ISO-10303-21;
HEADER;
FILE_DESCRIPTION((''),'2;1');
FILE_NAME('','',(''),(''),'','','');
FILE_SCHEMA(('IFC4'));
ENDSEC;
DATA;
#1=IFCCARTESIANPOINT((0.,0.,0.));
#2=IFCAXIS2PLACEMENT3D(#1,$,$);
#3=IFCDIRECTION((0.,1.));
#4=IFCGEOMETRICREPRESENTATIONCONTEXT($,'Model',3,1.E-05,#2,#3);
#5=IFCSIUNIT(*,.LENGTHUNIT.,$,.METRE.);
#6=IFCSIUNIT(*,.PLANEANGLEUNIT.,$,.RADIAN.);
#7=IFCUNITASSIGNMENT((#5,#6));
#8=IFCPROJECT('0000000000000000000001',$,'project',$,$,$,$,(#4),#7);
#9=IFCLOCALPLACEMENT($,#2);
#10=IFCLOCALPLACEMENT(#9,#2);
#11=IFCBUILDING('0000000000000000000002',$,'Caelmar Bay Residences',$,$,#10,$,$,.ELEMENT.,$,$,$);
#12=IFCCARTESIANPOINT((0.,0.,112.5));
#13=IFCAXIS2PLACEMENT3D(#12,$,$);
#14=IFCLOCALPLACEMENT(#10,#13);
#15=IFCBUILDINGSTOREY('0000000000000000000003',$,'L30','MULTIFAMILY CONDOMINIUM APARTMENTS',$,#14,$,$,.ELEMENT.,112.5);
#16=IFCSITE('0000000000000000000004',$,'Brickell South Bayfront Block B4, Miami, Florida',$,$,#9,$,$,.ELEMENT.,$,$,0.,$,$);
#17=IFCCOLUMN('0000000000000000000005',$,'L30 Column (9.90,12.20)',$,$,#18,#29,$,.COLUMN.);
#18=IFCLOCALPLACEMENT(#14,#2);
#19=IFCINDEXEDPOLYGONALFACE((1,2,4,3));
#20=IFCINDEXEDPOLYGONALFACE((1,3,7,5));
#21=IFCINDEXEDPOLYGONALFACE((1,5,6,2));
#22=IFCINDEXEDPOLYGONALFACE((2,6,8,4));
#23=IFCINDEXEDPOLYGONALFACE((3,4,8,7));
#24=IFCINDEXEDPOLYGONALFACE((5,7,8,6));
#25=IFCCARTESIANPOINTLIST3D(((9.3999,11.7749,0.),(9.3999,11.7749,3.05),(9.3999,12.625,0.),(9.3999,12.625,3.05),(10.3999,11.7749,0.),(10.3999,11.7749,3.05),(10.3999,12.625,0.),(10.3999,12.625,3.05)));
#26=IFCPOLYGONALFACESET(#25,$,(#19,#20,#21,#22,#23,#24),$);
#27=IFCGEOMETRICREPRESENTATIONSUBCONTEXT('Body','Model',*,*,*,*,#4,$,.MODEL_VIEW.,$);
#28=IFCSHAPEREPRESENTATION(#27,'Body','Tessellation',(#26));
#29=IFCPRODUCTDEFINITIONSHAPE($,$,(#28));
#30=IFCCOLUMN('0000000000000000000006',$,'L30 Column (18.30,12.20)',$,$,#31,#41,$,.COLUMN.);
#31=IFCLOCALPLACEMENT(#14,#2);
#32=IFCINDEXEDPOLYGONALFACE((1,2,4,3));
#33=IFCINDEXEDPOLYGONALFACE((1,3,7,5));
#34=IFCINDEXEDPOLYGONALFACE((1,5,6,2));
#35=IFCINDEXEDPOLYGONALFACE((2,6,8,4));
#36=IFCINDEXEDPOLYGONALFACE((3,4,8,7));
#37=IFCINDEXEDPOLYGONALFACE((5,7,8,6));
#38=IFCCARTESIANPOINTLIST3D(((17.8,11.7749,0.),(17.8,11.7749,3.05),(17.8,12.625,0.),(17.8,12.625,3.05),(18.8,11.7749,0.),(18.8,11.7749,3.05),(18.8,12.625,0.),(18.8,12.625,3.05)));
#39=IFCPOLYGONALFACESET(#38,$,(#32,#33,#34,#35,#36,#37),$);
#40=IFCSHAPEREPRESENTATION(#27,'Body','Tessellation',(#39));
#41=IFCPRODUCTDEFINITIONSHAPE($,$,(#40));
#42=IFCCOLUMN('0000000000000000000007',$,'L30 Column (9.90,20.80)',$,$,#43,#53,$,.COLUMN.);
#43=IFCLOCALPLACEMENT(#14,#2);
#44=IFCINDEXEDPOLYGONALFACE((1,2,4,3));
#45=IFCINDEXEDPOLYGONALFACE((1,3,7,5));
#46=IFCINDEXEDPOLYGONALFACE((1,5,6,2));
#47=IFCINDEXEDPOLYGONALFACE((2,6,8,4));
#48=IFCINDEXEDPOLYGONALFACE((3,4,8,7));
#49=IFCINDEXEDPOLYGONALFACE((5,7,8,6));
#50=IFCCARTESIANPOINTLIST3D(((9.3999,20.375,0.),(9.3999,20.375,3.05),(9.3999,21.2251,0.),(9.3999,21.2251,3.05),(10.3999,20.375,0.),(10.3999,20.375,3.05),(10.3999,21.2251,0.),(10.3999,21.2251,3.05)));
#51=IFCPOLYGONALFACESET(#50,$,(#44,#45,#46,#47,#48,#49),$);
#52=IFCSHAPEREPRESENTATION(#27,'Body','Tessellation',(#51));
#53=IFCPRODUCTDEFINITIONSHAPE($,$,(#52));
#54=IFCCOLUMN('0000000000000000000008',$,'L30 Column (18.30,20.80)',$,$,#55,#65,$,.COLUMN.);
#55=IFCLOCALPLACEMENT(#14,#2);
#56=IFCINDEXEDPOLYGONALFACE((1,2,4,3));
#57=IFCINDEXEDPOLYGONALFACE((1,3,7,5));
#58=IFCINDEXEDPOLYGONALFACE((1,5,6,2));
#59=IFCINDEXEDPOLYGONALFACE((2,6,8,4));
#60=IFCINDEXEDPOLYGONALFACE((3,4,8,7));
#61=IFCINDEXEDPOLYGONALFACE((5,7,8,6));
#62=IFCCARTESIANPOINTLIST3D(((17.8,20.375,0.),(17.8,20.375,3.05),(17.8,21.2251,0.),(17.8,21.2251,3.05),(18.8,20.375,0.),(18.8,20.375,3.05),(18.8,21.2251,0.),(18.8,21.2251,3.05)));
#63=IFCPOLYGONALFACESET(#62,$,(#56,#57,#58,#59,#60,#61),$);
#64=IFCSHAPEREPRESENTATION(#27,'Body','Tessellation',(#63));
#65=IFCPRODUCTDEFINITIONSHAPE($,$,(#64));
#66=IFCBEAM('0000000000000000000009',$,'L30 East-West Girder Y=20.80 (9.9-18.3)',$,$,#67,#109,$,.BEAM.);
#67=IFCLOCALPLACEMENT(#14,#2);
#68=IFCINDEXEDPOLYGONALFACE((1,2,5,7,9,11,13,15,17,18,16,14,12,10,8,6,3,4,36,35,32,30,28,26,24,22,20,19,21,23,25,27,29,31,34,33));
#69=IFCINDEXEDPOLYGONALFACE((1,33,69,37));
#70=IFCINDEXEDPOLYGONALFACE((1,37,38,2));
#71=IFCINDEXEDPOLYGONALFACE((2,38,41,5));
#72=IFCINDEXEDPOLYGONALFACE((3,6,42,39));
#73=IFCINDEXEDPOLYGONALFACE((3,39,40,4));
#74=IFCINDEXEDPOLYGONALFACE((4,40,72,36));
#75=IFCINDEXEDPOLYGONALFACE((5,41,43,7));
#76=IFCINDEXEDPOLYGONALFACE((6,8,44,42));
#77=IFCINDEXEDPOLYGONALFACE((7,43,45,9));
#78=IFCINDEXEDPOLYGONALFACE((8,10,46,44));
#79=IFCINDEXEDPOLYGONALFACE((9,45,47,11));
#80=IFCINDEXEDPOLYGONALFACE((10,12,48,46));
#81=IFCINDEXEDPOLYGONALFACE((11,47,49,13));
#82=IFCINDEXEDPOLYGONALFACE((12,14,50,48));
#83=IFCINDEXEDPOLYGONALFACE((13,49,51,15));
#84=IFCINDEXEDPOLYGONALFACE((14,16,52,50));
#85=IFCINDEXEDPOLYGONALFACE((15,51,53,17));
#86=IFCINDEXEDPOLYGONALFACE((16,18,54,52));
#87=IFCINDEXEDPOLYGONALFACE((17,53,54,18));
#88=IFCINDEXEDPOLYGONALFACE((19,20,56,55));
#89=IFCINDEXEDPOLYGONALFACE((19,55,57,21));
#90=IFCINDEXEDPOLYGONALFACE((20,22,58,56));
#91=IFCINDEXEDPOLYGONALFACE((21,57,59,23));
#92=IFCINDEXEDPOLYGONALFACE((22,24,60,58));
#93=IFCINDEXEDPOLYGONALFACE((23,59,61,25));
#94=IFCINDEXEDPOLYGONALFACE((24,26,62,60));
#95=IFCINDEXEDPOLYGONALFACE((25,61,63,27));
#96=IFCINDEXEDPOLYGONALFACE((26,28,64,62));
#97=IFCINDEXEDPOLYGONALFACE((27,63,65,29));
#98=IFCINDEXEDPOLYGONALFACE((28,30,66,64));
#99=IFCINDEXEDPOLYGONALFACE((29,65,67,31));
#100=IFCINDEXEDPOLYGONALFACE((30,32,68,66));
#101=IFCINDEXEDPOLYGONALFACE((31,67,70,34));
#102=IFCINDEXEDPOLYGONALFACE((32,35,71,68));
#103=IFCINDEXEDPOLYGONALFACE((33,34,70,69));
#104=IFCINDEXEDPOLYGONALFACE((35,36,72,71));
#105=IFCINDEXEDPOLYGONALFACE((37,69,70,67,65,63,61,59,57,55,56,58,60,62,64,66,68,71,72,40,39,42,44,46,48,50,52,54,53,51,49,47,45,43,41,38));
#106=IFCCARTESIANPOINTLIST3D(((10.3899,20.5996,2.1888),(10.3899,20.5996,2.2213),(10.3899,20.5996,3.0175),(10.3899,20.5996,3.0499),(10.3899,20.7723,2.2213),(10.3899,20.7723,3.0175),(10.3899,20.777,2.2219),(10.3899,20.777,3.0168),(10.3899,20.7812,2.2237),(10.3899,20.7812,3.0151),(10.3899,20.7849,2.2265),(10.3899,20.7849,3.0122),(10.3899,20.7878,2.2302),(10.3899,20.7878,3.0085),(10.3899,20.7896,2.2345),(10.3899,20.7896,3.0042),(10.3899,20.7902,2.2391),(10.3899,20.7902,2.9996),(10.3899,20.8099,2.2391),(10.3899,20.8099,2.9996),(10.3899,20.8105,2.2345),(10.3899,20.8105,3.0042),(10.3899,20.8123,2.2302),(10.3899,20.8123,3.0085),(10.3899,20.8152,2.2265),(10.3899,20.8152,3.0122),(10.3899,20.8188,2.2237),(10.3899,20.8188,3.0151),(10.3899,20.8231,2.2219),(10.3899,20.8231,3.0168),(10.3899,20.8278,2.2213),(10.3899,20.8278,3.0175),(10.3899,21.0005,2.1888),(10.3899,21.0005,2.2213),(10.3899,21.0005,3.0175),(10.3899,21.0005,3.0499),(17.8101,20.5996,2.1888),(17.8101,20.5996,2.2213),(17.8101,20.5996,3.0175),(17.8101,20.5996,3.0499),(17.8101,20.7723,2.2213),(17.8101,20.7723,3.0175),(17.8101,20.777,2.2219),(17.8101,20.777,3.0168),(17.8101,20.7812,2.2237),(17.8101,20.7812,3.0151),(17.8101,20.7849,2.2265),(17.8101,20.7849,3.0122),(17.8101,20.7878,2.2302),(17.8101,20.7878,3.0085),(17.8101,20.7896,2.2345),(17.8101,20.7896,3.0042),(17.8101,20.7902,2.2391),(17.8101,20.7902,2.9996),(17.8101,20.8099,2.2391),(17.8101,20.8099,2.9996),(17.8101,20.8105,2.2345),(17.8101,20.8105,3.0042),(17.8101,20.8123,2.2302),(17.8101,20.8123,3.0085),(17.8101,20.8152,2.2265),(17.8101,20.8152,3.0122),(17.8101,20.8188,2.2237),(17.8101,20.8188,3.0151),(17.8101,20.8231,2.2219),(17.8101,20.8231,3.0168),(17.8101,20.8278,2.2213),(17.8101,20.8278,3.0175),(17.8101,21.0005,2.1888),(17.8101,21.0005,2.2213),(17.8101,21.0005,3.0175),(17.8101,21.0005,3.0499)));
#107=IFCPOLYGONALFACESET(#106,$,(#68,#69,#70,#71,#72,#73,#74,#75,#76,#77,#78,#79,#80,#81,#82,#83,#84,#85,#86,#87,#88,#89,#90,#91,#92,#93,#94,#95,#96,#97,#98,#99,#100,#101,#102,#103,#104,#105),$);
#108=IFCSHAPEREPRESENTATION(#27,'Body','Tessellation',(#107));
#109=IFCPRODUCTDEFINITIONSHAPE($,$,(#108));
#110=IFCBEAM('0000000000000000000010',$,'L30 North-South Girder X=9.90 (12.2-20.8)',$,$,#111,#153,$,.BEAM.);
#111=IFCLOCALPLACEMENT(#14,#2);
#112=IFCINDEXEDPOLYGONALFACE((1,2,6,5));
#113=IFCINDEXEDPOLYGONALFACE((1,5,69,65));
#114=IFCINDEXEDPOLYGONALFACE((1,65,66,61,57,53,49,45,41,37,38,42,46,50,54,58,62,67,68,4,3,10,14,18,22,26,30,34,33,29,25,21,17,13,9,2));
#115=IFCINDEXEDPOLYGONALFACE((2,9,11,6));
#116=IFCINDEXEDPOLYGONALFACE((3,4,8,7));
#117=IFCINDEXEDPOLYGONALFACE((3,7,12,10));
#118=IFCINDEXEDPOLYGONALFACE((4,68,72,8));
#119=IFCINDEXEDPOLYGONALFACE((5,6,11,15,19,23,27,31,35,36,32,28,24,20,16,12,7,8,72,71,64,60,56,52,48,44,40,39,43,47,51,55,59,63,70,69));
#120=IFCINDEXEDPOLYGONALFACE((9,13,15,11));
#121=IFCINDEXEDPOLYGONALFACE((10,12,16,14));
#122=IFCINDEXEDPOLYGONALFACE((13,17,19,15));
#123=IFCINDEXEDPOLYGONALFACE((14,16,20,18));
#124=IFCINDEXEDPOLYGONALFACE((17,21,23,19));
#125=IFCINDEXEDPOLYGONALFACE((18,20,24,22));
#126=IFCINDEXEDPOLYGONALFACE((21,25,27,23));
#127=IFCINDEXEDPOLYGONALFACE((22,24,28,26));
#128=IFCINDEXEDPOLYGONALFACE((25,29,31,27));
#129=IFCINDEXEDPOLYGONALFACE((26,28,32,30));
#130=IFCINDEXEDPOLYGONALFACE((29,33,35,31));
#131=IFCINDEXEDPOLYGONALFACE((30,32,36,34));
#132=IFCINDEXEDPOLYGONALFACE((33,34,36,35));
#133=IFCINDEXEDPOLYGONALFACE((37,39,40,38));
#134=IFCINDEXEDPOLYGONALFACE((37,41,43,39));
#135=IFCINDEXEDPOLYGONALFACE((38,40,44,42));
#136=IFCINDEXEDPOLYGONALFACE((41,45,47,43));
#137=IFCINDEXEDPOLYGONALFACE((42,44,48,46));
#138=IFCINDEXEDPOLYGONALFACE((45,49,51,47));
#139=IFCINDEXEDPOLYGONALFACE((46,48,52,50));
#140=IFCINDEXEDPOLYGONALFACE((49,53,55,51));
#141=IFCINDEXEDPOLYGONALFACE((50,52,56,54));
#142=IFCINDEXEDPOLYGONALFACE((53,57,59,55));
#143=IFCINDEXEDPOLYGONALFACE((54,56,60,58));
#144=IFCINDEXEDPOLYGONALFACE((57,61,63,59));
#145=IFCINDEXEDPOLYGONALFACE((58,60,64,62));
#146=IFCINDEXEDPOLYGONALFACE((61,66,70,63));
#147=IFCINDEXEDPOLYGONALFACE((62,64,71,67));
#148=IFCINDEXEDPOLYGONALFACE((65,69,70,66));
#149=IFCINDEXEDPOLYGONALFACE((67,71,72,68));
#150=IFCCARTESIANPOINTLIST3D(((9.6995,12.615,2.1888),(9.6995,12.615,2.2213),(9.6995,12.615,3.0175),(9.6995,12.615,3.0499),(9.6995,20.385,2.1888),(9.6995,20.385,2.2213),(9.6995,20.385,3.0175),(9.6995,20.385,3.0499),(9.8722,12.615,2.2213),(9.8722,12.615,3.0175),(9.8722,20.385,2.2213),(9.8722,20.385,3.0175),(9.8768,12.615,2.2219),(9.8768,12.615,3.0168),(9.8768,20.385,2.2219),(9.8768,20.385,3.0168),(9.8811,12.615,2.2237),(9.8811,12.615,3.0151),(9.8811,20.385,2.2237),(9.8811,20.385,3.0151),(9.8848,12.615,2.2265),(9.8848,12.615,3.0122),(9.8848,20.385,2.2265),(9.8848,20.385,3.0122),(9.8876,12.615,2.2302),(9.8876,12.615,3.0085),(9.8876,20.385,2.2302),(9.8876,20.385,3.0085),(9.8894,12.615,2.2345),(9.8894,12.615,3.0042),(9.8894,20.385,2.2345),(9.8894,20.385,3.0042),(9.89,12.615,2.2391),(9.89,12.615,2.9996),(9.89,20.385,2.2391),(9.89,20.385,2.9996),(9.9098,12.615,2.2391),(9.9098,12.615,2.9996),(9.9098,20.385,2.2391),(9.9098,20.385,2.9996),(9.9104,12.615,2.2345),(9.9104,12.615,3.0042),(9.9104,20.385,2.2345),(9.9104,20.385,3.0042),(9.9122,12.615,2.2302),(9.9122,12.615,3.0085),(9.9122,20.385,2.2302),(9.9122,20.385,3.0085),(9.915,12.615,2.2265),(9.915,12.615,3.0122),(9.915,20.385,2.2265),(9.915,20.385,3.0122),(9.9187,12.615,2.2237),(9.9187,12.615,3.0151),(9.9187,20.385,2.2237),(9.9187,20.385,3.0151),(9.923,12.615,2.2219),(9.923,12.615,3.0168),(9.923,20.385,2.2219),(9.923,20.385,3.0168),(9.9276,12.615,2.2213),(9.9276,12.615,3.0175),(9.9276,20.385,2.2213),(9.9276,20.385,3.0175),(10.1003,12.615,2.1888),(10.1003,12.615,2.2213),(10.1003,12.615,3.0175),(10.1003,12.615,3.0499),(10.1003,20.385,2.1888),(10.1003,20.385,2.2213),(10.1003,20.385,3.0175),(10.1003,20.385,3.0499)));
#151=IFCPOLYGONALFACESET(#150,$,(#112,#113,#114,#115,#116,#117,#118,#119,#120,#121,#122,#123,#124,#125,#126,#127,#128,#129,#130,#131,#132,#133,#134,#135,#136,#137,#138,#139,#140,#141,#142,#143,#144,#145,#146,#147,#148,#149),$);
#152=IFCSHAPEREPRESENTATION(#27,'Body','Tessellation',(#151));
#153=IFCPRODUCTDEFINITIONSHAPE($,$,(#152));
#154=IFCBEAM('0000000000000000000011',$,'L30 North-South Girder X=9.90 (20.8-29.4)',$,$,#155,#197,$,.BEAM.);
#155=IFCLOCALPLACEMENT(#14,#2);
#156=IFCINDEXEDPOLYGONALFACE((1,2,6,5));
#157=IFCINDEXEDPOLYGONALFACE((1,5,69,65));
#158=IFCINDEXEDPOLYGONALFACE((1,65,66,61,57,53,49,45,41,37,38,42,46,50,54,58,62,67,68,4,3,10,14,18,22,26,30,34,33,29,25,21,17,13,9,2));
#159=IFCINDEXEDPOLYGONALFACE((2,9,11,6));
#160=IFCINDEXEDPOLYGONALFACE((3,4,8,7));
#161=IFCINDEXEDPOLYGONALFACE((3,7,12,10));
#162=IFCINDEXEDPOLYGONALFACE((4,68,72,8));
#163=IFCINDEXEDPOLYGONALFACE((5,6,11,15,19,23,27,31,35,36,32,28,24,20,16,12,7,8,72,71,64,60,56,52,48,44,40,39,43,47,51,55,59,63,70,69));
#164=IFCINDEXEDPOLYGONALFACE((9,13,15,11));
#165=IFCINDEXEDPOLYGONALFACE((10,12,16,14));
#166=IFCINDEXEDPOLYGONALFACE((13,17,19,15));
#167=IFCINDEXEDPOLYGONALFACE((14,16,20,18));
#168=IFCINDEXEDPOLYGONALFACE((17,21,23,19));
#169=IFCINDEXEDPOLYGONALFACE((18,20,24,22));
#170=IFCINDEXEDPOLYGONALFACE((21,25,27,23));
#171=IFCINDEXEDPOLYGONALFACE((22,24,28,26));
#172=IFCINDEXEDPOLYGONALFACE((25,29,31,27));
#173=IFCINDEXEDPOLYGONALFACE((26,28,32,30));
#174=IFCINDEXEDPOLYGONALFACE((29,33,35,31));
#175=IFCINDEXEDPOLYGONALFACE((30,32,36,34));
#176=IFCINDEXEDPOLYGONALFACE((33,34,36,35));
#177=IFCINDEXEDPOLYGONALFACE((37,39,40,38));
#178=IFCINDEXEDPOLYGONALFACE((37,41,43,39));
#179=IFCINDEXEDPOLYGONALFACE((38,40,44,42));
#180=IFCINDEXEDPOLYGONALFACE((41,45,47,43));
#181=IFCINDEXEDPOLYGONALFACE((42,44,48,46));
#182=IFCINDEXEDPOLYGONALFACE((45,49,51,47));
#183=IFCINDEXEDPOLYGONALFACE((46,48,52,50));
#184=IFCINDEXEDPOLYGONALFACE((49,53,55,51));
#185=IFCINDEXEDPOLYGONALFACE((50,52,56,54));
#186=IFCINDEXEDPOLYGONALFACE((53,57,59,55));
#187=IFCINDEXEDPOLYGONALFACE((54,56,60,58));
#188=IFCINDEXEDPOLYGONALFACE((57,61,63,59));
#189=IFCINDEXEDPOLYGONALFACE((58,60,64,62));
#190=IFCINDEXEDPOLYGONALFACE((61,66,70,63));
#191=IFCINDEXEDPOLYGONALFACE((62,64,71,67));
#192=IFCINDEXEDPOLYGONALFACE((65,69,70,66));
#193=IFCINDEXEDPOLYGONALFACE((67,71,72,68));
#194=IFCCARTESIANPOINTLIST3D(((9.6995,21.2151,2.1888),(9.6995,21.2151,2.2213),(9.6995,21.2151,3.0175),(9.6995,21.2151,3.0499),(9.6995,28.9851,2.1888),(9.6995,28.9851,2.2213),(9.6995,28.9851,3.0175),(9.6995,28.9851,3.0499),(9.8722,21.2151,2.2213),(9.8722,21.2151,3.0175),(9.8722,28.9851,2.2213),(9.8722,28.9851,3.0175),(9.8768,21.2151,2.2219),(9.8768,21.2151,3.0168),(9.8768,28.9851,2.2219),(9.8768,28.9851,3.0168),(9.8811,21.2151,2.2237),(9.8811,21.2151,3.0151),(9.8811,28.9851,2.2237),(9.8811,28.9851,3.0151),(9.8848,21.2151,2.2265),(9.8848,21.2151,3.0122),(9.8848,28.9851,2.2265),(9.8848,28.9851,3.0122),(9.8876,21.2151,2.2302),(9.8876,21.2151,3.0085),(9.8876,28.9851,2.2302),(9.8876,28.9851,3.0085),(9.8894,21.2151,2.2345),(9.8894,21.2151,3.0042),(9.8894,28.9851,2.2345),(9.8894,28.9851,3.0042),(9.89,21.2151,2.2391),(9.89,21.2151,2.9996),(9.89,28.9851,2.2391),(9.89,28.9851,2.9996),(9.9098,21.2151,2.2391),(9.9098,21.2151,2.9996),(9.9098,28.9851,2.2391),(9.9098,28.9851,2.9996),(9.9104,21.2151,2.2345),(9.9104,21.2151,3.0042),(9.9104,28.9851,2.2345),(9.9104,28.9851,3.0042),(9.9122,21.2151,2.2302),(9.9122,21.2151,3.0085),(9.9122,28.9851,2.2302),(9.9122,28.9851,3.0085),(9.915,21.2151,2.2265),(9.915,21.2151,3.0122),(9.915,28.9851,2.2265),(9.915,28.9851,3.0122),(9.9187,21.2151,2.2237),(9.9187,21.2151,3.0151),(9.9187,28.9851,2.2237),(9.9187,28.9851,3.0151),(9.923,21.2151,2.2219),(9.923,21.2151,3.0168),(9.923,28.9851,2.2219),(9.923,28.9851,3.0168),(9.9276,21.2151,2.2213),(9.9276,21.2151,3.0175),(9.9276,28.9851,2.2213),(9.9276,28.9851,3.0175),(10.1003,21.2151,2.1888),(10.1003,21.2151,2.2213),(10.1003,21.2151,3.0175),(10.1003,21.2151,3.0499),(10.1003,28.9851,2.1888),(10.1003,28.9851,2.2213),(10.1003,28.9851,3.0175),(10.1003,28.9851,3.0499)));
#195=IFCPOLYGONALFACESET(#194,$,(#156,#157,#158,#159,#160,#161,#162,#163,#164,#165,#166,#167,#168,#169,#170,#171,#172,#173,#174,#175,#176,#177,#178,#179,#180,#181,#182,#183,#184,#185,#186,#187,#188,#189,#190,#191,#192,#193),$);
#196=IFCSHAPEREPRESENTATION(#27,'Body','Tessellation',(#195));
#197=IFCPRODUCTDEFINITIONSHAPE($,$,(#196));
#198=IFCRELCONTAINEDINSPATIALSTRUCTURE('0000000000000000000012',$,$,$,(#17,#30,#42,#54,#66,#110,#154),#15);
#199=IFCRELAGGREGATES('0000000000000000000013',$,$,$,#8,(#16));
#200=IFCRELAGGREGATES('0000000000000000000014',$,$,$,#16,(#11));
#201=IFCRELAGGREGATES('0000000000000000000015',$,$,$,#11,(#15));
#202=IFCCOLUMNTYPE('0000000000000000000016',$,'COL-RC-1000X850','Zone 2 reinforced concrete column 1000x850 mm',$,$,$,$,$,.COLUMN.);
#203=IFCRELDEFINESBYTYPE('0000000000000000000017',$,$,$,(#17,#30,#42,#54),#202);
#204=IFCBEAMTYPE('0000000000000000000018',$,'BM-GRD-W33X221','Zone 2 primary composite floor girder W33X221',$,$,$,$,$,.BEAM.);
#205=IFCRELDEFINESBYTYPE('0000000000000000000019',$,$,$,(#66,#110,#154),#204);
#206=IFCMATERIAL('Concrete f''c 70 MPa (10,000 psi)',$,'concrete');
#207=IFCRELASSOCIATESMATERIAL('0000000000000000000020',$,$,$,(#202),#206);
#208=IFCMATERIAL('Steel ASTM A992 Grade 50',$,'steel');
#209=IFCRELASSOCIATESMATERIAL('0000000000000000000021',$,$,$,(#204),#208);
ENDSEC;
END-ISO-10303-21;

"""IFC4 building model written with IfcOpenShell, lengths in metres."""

from ifc_helpers import new_model, si_unit, direction, frame, origin, origin_2d, place, context, subcontext, project, spatial, rectangle, i_section, extrude, material, material_profile, profile_set, type_object, element, save


model = new_model("IFC4")

# Units and contexts
model_context = context("Model", 3, precision=1e-05, world=origin(), true_north=direction((0.0, 1.0)))
body_context = subcontext(model_context, "Body", "Model", "MODEL_VIEW")
ifc_project = project(units=[si_unit("LENGTHUNIT", "METRE"), si_unit("PLANEANGLEUNIT", "RADIAN")], contexts=[model_context])

# Site, building, storey
site_placement = place(None, origin())
site = spatial("IfcSite", under=ifc_project, at=site_placement, Name="Brickell South Bayfront Block B4, Miami, Florida", CompositionType="ELEMENT", RefElevation=0.0)
building_placement = place(site_placement, origin())
building = spatial("IfcBuilding", under=site, at=building_placement, Name="Caelmar Bay Residences", CompositionType="ELEMENT")
storey_placement = place(building_placement, frame((0.0, 0.0, 112.5)))
storey = spatial("IfcBuildingStorey", under=building, at=storey_placement, Name="L30", Description="MULTIFAMILY CONDOMINIUM APARTMENTS", CompositionType="ELEMENT", Elevation=112.5)

# Columns
ifc_material_1 = material(Name="Concrete f'c 70 MPa (10,000 psi)", Category="concrete")
ifc_material_profile_1 = material_profile(ifc_material_1, rectangle(XDim=1.0, YDim=0.8501, at=origin_2d()), Name="RC-COL-1000X850")
ifc_profile_set_1 = profile_set([ifc_material_profile_1], Name="Concrete f'c 70 MPa (10,000 psi)")
column_type = type_object("IfcColumnType", Name="COL-RC-1000X850", Description="Zone 2 reinforced concrete column 1000x850 mm", PredefinedType="COLUMN", material=ifc_profile_set_1)
for number, where, z_axis, x_axis, name in (
    (1, (9.8999, 12.2, 0.0), (0.0, 0.0, 1.0), (1.0, 0.0, 0.0), "L30 Column (9.90,12.20)"),
    (2, (18.3, 12.2, 0.0), (0.0, 0.0, 1.0), (1.0, 0.0, 0.0), "L30 Column (18.30,12.20)"),
    (3, (9.8999, 20.8, 0.0), (0.0, 0.0, 1.0), (1.0, 0.0, 0.0), "L30 Column (9.90,20.80)"),
    (4, (18.3, 20.8, 0.0), (0.0, 0.0, 1.0), (1.0, 0.0, 0.0), "L30 Column (18.30,20.80)"),
):
    element("IfcColumn", number, at=place(storey_placement, frame(where, z_axis=z_axis, x_axis=x_axis)), inside=storey, type_object=column_type, Name=name, PredefinedType="COLUMN", context=body_context, shape_type="SweptSolid", body=[
        extrude(rectangle(XDim=1.0, YDim=0.8501, at=origin_2d()), origin(), (0.0, 0.0, 1.0), 3.05),
    ])

# Beams
ifc_material_2 = material(Name="Steel ASTM A992 Grade 50", Category="steel")
ifc_material_profile_2 = material_profile(ifc_material_2, i_section(OverallWidth=0.4009, OverallDepth=0.8611, WebThickness=0.0198, FlangeThickness=0.0325, FilletRadius=0.0178, at=origin_2d()), Name="W33X221")
ifc_profile_set_2 = profile_set([ifc_material_profile_2], Name="Steel ASTM A992 Grade 50")
beam_type_1 = type_object("IfcBeamType", Name="BM-GRD-W33X221", Description="Zone 2 primary composite floor girder W33X221", PredefinedType="BEAM", material=ifc_profile_set_2)
beam_1_placement = place(storey_placement, frame((10.3899, 20.8, 2.6194), z_axis=(1.0, 0.0, 0.0), x_axis=(0.0, 1.0, 0.0)))
element("IfcBeam", 5, at=beam_1_placement, inside=storey, type_object=beam_type_1, Name="L30 East-West Girder Y=20.80 (9.9-18.3)", PredefinedType="BEAM", context=body_context, shape_type="SweptSolid", body=[
    extrude(i_section(OverallWidth=0.4009, OverallDepth=0.8611, WebThickness=0.0198, FlangeThickness=0.0325, FilletRadius=0.0178, at=origin_2d()), origin(), (0.0, 0.0, 1.0), 7.4202),
])
for number, where, z_axis, x_axis, name in (
    (6, (9.8999, 12.615, 2.6194), (0.0, 1.0, 0.0), (-1.0, 0.0, 0.0), "L30 North-South Girder X=9.90 (12.2-20.8)"),
    (7, (9.8999, 21.2151, 2.6194), (0.0, 1.0, 0.0), (-1.0, 0.0, 0.0), "L30 North-South Girder X=9.90 (20.8-29.4)"),
):
    element("IfcBeam", number, at=place(storey_placement, frame(where, z_axis=z_axis, x_axis=x_axis)), inside=storey, type_object=beam_type_1, Name=name, PredefinedType="BEAM", context=body_context, shape_type="SweptSolid", body=[
        extrude(i_section(OverallWidth=0.4009, OverallDepth=0.8611, WebThickness=0.0198, FlangeThickness=0.0325, FilletRadius=0.0178, at=origin_2d()), origin(), (0.0, 0.0, 1.0), 7.77),
    ])

save(model, "model.ifc")
